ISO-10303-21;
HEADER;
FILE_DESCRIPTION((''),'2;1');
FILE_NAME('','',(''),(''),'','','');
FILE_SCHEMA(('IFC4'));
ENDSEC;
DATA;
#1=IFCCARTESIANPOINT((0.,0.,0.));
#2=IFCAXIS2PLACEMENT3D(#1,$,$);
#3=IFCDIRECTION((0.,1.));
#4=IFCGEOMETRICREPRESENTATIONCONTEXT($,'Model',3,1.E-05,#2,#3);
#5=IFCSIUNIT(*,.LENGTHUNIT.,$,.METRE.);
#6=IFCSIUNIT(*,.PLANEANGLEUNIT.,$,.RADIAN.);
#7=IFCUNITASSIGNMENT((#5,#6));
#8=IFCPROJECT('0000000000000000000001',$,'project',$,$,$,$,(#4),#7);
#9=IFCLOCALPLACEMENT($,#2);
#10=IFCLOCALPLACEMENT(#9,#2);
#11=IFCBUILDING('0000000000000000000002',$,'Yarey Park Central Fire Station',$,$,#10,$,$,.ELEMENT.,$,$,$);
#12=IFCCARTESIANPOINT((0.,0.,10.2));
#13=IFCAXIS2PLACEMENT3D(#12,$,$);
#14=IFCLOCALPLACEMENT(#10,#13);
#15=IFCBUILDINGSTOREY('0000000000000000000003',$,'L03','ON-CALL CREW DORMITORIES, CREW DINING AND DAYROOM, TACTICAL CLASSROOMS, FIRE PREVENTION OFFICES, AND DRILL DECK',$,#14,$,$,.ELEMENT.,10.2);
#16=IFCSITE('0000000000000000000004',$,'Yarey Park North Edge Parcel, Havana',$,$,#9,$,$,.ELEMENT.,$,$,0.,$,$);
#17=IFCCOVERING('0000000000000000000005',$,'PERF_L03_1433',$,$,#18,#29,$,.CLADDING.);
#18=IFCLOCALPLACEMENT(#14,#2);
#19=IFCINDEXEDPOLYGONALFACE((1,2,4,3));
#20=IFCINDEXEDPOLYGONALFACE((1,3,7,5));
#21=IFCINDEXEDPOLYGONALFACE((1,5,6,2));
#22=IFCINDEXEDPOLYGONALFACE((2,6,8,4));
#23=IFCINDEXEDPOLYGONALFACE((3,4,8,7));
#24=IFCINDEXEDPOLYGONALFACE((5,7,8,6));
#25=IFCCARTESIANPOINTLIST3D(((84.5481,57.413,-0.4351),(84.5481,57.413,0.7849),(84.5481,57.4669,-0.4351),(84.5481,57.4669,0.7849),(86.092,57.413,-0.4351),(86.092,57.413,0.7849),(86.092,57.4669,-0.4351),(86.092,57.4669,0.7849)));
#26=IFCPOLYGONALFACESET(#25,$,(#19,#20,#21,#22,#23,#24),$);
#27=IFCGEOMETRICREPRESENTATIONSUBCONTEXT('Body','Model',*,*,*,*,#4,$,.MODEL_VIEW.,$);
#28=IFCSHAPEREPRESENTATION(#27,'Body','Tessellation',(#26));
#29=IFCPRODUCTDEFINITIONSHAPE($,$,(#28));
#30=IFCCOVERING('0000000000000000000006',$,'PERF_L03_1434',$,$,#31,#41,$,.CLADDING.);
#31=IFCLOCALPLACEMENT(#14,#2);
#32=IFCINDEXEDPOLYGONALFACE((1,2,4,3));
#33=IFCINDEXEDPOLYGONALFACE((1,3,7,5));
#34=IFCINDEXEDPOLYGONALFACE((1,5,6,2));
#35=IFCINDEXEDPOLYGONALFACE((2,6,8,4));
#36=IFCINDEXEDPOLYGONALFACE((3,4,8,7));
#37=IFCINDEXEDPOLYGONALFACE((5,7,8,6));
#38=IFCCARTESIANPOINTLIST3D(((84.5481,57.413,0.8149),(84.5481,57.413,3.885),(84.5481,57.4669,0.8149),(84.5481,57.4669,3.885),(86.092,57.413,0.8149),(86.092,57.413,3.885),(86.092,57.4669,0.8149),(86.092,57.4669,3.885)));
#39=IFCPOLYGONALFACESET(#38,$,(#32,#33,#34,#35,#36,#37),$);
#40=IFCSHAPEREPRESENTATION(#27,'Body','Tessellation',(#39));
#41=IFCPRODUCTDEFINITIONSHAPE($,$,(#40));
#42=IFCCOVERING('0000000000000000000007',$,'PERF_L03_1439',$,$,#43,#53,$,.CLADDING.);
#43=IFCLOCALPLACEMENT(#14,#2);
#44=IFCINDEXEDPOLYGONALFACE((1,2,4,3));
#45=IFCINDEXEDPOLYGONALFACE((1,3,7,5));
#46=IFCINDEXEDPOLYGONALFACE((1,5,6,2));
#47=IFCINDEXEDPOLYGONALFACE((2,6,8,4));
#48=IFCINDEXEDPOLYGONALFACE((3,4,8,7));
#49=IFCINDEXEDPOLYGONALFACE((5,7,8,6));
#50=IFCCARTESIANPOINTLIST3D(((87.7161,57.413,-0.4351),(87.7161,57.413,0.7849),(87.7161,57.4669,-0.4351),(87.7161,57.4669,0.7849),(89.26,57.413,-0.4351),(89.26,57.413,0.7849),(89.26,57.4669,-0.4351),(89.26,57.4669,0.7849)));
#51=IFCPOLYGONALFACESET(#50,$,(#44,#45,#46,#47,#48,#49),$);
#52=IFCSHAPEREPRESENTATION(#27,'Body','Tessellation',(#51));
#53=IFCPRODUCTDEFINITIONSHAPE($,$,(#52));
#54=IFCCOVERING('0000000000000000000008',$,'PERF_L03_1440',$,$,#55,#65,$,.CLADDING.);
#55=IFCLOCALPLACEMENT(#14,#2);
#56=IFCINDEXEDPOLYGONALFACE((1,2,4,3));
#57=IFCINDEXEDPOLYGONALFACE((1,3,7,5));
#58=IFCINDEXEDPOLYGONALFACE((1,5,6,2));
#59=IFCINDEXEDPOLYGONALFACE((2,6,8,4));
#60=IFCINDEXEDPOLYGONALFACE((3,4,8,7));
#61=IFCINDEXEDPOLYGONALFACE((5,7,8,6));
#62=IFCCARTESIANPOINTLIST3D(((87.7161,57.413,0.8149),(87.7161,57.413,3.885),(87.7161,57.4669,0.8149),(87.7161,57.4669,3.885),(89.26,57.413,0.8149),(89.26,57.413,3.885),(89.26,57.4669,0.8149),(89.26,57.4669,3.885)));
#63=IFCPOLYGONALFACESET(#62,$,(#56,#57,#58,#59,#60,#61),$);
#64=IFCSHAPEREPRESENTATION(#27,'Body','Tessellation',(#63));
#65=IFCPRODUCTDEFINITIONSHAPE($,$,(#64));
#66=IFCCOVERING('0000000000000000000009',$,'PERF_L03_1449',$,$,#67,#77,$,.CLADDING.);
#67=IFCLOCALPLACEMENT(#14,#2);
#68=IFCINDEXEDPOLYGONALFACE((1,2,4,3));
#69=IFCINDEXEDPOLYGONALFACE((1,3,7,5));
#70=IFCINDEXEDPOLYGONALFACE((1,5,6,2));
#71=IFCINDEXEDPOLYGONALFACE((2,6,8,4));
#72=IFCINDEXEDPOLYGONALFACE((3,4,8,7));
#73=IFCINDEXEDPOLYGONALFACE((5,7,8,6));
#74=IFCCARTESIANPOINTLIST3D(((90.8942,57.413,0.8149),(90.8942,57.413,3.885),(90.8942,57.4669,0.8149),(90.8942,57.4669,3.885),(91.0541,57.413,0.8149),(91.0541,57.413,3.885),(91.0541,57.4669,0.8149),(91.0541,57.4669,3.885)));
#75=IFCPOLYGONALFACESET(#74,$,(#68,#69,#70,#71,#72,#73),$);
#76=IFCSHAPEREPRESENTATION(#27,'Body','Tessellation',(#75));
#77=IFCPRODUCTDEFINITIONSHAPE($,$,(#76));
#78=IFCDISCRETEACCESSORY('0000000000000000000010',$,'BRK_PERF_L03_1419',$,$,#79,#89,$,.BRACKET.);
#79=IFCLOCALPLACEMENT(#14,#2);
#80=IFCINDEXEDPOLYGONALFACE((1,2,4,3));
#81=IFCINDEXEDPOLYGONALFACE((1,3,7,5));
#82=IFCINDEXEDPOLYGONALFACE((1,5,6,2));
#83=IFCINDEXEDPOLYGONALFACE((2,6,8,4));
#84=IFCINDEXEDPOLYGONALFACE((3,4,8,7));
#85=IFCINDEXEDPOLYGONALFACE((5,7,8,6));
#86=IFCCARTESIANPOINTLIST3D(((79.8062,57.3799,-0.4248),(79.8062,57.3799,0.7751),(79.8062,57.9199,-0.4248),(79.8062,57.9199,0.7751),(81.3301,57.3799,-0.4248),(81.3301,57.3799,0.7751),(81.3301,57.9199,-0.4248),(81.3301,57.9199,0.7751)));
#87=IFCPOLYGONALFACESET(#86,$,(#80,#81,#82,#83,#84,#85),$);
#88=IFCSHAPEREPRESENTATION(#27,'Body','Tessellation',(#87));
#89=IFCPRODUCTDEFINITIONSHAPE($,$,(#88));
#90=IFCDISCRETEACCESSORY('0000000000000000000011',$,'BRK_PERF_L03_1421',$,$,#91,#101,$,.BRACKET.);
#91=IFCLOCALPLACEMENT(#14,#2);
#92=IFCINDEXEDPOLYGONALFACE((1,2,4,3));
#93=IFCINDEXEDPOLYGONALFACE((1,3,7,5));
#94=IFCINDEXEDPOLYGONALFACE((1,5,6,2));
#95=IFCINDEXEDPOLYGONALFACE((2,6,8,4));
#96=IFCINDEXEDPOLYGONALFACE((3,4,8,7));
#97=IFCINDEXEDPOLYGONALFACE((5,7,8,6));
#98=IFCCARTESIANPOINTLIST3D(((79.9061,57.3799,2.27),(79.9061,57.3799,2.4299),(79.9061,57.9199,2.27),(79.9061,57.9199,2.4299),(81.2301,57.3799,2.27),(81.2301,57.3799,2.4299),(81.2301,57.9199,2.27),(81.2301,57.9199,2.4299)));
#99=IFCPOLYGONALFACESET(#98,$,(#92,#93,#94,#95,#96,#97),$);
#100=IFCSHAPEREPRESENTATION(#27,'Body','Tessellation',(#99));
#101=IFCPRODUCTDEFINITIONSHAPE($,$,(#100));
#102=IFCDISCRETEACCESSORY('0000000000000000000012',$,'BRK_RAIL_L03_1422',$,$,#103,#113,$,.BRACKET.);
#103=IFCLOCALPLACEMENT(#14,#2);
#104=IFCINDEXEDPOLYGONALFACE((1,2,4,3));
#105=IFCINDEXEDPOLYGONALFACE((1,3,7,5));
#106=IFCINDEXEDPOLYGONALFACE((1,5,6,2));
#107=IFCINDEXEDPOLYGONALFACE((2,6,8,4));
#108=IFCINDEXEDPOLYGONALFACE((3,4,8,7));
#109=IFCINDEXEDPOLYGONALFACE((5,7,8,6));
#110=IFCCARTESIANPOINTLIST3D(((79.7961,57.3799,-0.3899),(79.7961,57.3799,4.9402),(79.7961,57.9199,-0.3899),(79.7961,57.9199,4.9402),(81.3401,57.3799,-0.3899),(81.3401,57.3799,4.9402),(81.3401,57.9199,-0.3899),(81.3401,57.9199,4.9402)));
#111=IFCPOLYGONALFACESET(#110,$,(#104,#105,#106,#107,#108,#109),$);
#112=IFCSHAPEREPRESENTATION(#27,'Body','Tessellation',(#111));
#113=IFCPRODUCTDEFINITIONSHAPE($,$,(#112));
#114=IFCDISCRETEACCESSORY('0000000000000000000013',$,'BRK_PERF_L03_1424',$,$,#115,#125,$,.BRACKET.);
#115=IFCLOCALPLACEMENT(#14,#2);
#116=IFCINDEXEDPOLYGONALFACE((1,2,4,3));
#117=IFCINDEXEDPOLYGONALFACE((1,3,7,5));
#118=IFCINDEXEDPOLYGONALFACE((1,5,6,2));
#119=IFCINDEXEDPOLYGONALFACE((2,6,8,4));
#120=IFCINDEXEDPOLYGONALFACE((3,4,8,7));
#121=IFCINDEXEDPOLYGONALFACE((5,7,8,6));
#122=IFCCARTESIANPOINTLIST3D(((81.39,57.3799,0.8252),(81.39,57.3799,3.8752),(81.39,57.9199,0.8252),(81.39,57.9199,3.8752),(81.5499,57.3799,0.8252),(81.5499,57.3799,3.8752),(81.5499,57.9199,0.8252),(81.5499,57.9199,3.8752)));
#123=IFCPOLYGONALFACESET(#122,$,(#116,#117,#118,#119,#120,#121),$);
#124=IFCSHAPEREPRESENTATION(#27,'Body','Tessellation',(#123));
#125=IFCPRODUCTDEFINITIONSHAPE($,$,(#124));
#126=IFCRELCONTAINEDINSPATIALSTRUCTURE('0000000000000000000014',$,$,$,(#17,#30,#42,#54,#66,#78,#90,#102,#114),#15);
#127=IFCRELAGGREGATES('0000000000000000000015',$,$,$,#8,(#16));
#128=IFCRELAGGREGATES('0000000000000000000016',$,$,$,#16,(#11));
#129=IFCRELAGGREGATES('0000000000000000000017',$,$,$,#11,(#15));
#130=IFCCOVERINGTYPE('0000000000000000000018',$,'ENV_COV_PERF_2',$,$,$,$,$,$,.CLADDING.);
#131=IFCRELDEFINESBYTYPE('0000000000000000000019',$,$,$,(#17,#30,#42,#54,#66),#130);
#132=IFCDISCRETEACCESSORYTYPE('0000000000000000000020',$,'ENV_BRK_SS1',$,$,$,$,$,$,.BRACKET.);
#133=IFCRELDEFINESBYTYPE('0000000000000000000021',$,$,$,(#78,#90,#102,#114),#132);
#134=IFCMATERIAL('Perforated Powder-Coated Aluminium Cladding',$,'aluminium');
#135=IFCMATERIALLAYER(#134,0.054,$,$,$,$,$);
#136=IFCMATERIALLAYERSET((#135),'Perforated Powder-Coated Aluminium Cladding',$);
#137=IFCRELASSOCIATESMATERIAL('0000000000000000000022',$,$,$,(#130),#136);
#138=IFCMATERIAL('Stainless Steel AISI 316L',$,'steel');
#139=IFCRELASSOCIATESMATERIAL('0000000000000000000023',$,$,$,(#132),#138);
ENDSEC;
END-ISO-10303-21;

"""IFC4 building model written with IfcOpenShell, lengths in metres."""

from ifc_helpers import new_model, si_unit, direction, frame, origin, origin_2d, place, context, subcontext, project, spatial, rectangle, extrude, material, layer, layer_set, type_object, element, save


model = new_model("IFC4")

# Units and contexts
model_context = context("Model", 3, precision=1e-05, world=origin(), true_north=direction((0.0, 1.0)))
body_context = subcontext(model_context, "Body", "Model", "MODEL_VIEW")
ifc_project = project(units=[si_unit("LENGTHUNIT", "METRE"), si_unit("PLANEANGLEUNIT", "RADIAN")], contexts=[model_context])

# Site, building, storey
site_placement = place(None, origin())
site = spatial("IfcSite", under=ifc_project, at=site_placement, Name="Yarey Park North Edge Parcel, Havana", CompositionType="ELEMENT", RefElevation=0.0)
building_placement = place(site_placement, origin())
building = spatial("IfcBuilding", under=site, at=building_placement, Name="Yarey Park Central Fire Station", CompositionType="ELEMENT")
storey_placement = place(building_placement, frame((0.0, 0.0, 10.2)))
storey = spatial("IfcBuildingStorey", under=building, at=storey_placement, Name="L03", Description="ON-CALL CREW DORMITORIES, CREW DINING AND DAYROOM, TACTICAL CLASSROOMS, FIRE PREVENTION OFFICES, AND DRILL DECK", CompositionType="ELEMENT", Elevation=10.2)

# Coverings
ifc_material_1 = material(Name="Perforated Powder-Coated Aluminium Cladding", Category="aluminium")
ifc_layer_1 = layer(ifc_material_1, 0.054)
ifc_layer_set_1 = layer_set([ifc_layer_1], Name="Perforated Powder-Coated Aluminium Cladding")
covering_type_1 = type_object("IfcCoveringType", Name="ENV_COV_PERF_2", PredefinedType="CLADDING", material=ifc_layer_set_1)
covering_1_placement = place(storey_placement, frame((85.3201, 57.4399, -0.4351), z_axis=(0.0, 0.0, 1.0), x_axis=(1.0, 0.0, 0.0)))
element("IfcCovering", 1, at=covering_1_placement, inside=storey, type_object=covering_type_1, Name="PERF_L03_1433", PredefinedType="CLADDING", context=body_context, shape_type="SweptSolid", body=[
    extrude(rectangle(XDim=1.5439, YDim=0.054, at=origin_2d()), origin(), (0.0, 0.0, 1.0), 1.22),
])
covering_2_placement = place(storey_placement, frame((85.3201, 57.4399, 0.8149), z_axis=(0.0, 0.0, 1.0), x_axis=(1.0, 0.0, 0.0)))
element("IfcCovering", 2, at=covering_2_placement, inside=storey, type_object=covering_type_1, Name="PERF_L03_1434", PredefinedType="CLADDING", context=body_context, shape_type="SweptSolid", body=[
    extrude(rectangle(XDim=1.5439, YDim=0.054, at=origin_2d()), origin(), (0.0, 0.0, 1.0), 3.0701),
])
covering_3_placement = place(storey_placement, frame((88.488, 57.4399, -0.4351), z_axis=(0.0, 0.0, 1.0), x_axis=(1.0, 0.0, 0.0)))
element("IfcCovering", 3, at=covering_3_placement, inside=storey, type_object=covering_type_1, Name="PERF_L03_1439", PredefinedType="CLADDING", context=body_context, shape_type="SweptSolid", body=[
    extrude(rectangle(XDim=1.5439, YDim=0.054, at=origin_2d()), origin(), (0.0, 0.0, 1.0), 1.22),
])
covering_4_placement = place(storey_placement, frame((88.488, 57.4399, 0.8149), z_axis=(0.0, 0.0, 1.0), x_axis=(1.0, 0.0, 0.0)))
element("IfcCovering", 4, at=covering_4_placement, inside=storey, type_object=covering_type_1, Name="PERF_L03_1440", PredefinedType="CLADDING", context=body_context, shape_type="SweptSolid", body=[
    extrude(rectangle(XDim=1.5439, YDim=0.054, at=origin_2d()), origin(), (0.0, 0.0, 1.0), 3.0701),
])
covering_5_placement = place(storey_placement, frame((90.9741, 57.4399, 0.8149), z_axis=(0.0, 0.0, 1.0), x_axis=(1.0, 0.0, 0.0)))
element("IfcCovering", 5, at=covering_5_placement, inside=storey, type_object=covering_type_1, Name="PERF_L03_1449", PredefinedType="CLADDING", context=body_context, shape_type="SweptSolid", body=[
    extrude(rectangle(XDim=0.1599, YDim=0.054, at=origin_2d()), origin(), (0.0, 0.0, 1.0), 3.0701),
])

# Discrete accessories
ifc_material_2 = material(Name="Stainless Steel AISI 316L", Category="steel")
discrete_accessory_type = type_object("IfcDiscreteAccessoryType", Name="ENV_BRK_SS1", PredefinedType="BRACKET", material=ifc_material_2)
discrete_accessory_1_placement = place(storey_placement, frame((80.5681, 57.6499, -0.4248), z_axis=(0.0, 0.0, 1.0), x_axis=(1.0, 0.0, 0.0)))
element("IfcDiscreteAccessory", 6, at=discrete_accessory_1_placement, inside=storey, type_object=discrete_accessory_type, Name="BRK_PERF_L03_1419", PredefinedType="BRACKET", context=body_context, shape_type="SweptSolid", body=[
    extrude(rectangle(XDim=1.5239, YDim=0.54, at=origin_2d()), origin(), (0.0, 0.0, 1.0), 1.2),
])
discrete_accessory_2_placement = place(storey_placement, frame((80.5681, 57.6499, 2.27), z_axis=(0.0, 0.0, 1.0), x_axis=(1.0, 0.0, 0.0)))
element("IfcDiscreteAccessory", 7, at=discrete_accessory_2_placement, inside=storey, type_object=discrete_accessory_type, Name="BRK_PERF_L03_1421", PredefinedType="BRACKET", context=body_context, shape_type="SweptSolid", body=[
    extrude(rectangle(XDim=1.324, YDim=0.54, at=origin_2d()), origin(), (0.0, 0.0, 1.0), 0.1599),
])
discrete_accessory_3_placement = place(storey_placement, frame((80.5681, 57.6499, -0.3899), z_axis=(0.0, 0.0, 1.0), x_axis=(1.0, 0.0, 0.0)))
element("IfcDiscreteAccessory", 8, at=discrete_accessory_3_placement, inside=storey, type_object=discrete_accessory_type, Name="BRK_RAIL_L03_1422", PredefinedType="BRACKET", context=body_context, shape_type="SweptSolid", body=[
    extrude(rectangle(XDim=1.5439, YDim=0.54, at=origin_2d()), origin(), (0.0, 0.0, 1.0), 5.3301),
])
discrete_accessory_4_placement = place(storey_placement, frame((81.47, 57.6499, 0.8252), z_axis=(0.0, 0.0, 1.0), x_axis=(1.0, 0.0, 0.0)))
element("IfcDiscreteAccessory", 9, at=discrete_accessory_4_placement, inside=storey, type_object=discrete_accessory_type, Name="BRK_PERF_L03_1424", PredefinedType="BRACKET", context=body_context, shape_type="SweptSolid", body=[
    extrude(rectangle(XDim=0.1599, YDim=0.54, at=origin_2d()), origin(), (0.0, 0.0, 1.0), 3.05),
])

save(model, "model.ifc")
